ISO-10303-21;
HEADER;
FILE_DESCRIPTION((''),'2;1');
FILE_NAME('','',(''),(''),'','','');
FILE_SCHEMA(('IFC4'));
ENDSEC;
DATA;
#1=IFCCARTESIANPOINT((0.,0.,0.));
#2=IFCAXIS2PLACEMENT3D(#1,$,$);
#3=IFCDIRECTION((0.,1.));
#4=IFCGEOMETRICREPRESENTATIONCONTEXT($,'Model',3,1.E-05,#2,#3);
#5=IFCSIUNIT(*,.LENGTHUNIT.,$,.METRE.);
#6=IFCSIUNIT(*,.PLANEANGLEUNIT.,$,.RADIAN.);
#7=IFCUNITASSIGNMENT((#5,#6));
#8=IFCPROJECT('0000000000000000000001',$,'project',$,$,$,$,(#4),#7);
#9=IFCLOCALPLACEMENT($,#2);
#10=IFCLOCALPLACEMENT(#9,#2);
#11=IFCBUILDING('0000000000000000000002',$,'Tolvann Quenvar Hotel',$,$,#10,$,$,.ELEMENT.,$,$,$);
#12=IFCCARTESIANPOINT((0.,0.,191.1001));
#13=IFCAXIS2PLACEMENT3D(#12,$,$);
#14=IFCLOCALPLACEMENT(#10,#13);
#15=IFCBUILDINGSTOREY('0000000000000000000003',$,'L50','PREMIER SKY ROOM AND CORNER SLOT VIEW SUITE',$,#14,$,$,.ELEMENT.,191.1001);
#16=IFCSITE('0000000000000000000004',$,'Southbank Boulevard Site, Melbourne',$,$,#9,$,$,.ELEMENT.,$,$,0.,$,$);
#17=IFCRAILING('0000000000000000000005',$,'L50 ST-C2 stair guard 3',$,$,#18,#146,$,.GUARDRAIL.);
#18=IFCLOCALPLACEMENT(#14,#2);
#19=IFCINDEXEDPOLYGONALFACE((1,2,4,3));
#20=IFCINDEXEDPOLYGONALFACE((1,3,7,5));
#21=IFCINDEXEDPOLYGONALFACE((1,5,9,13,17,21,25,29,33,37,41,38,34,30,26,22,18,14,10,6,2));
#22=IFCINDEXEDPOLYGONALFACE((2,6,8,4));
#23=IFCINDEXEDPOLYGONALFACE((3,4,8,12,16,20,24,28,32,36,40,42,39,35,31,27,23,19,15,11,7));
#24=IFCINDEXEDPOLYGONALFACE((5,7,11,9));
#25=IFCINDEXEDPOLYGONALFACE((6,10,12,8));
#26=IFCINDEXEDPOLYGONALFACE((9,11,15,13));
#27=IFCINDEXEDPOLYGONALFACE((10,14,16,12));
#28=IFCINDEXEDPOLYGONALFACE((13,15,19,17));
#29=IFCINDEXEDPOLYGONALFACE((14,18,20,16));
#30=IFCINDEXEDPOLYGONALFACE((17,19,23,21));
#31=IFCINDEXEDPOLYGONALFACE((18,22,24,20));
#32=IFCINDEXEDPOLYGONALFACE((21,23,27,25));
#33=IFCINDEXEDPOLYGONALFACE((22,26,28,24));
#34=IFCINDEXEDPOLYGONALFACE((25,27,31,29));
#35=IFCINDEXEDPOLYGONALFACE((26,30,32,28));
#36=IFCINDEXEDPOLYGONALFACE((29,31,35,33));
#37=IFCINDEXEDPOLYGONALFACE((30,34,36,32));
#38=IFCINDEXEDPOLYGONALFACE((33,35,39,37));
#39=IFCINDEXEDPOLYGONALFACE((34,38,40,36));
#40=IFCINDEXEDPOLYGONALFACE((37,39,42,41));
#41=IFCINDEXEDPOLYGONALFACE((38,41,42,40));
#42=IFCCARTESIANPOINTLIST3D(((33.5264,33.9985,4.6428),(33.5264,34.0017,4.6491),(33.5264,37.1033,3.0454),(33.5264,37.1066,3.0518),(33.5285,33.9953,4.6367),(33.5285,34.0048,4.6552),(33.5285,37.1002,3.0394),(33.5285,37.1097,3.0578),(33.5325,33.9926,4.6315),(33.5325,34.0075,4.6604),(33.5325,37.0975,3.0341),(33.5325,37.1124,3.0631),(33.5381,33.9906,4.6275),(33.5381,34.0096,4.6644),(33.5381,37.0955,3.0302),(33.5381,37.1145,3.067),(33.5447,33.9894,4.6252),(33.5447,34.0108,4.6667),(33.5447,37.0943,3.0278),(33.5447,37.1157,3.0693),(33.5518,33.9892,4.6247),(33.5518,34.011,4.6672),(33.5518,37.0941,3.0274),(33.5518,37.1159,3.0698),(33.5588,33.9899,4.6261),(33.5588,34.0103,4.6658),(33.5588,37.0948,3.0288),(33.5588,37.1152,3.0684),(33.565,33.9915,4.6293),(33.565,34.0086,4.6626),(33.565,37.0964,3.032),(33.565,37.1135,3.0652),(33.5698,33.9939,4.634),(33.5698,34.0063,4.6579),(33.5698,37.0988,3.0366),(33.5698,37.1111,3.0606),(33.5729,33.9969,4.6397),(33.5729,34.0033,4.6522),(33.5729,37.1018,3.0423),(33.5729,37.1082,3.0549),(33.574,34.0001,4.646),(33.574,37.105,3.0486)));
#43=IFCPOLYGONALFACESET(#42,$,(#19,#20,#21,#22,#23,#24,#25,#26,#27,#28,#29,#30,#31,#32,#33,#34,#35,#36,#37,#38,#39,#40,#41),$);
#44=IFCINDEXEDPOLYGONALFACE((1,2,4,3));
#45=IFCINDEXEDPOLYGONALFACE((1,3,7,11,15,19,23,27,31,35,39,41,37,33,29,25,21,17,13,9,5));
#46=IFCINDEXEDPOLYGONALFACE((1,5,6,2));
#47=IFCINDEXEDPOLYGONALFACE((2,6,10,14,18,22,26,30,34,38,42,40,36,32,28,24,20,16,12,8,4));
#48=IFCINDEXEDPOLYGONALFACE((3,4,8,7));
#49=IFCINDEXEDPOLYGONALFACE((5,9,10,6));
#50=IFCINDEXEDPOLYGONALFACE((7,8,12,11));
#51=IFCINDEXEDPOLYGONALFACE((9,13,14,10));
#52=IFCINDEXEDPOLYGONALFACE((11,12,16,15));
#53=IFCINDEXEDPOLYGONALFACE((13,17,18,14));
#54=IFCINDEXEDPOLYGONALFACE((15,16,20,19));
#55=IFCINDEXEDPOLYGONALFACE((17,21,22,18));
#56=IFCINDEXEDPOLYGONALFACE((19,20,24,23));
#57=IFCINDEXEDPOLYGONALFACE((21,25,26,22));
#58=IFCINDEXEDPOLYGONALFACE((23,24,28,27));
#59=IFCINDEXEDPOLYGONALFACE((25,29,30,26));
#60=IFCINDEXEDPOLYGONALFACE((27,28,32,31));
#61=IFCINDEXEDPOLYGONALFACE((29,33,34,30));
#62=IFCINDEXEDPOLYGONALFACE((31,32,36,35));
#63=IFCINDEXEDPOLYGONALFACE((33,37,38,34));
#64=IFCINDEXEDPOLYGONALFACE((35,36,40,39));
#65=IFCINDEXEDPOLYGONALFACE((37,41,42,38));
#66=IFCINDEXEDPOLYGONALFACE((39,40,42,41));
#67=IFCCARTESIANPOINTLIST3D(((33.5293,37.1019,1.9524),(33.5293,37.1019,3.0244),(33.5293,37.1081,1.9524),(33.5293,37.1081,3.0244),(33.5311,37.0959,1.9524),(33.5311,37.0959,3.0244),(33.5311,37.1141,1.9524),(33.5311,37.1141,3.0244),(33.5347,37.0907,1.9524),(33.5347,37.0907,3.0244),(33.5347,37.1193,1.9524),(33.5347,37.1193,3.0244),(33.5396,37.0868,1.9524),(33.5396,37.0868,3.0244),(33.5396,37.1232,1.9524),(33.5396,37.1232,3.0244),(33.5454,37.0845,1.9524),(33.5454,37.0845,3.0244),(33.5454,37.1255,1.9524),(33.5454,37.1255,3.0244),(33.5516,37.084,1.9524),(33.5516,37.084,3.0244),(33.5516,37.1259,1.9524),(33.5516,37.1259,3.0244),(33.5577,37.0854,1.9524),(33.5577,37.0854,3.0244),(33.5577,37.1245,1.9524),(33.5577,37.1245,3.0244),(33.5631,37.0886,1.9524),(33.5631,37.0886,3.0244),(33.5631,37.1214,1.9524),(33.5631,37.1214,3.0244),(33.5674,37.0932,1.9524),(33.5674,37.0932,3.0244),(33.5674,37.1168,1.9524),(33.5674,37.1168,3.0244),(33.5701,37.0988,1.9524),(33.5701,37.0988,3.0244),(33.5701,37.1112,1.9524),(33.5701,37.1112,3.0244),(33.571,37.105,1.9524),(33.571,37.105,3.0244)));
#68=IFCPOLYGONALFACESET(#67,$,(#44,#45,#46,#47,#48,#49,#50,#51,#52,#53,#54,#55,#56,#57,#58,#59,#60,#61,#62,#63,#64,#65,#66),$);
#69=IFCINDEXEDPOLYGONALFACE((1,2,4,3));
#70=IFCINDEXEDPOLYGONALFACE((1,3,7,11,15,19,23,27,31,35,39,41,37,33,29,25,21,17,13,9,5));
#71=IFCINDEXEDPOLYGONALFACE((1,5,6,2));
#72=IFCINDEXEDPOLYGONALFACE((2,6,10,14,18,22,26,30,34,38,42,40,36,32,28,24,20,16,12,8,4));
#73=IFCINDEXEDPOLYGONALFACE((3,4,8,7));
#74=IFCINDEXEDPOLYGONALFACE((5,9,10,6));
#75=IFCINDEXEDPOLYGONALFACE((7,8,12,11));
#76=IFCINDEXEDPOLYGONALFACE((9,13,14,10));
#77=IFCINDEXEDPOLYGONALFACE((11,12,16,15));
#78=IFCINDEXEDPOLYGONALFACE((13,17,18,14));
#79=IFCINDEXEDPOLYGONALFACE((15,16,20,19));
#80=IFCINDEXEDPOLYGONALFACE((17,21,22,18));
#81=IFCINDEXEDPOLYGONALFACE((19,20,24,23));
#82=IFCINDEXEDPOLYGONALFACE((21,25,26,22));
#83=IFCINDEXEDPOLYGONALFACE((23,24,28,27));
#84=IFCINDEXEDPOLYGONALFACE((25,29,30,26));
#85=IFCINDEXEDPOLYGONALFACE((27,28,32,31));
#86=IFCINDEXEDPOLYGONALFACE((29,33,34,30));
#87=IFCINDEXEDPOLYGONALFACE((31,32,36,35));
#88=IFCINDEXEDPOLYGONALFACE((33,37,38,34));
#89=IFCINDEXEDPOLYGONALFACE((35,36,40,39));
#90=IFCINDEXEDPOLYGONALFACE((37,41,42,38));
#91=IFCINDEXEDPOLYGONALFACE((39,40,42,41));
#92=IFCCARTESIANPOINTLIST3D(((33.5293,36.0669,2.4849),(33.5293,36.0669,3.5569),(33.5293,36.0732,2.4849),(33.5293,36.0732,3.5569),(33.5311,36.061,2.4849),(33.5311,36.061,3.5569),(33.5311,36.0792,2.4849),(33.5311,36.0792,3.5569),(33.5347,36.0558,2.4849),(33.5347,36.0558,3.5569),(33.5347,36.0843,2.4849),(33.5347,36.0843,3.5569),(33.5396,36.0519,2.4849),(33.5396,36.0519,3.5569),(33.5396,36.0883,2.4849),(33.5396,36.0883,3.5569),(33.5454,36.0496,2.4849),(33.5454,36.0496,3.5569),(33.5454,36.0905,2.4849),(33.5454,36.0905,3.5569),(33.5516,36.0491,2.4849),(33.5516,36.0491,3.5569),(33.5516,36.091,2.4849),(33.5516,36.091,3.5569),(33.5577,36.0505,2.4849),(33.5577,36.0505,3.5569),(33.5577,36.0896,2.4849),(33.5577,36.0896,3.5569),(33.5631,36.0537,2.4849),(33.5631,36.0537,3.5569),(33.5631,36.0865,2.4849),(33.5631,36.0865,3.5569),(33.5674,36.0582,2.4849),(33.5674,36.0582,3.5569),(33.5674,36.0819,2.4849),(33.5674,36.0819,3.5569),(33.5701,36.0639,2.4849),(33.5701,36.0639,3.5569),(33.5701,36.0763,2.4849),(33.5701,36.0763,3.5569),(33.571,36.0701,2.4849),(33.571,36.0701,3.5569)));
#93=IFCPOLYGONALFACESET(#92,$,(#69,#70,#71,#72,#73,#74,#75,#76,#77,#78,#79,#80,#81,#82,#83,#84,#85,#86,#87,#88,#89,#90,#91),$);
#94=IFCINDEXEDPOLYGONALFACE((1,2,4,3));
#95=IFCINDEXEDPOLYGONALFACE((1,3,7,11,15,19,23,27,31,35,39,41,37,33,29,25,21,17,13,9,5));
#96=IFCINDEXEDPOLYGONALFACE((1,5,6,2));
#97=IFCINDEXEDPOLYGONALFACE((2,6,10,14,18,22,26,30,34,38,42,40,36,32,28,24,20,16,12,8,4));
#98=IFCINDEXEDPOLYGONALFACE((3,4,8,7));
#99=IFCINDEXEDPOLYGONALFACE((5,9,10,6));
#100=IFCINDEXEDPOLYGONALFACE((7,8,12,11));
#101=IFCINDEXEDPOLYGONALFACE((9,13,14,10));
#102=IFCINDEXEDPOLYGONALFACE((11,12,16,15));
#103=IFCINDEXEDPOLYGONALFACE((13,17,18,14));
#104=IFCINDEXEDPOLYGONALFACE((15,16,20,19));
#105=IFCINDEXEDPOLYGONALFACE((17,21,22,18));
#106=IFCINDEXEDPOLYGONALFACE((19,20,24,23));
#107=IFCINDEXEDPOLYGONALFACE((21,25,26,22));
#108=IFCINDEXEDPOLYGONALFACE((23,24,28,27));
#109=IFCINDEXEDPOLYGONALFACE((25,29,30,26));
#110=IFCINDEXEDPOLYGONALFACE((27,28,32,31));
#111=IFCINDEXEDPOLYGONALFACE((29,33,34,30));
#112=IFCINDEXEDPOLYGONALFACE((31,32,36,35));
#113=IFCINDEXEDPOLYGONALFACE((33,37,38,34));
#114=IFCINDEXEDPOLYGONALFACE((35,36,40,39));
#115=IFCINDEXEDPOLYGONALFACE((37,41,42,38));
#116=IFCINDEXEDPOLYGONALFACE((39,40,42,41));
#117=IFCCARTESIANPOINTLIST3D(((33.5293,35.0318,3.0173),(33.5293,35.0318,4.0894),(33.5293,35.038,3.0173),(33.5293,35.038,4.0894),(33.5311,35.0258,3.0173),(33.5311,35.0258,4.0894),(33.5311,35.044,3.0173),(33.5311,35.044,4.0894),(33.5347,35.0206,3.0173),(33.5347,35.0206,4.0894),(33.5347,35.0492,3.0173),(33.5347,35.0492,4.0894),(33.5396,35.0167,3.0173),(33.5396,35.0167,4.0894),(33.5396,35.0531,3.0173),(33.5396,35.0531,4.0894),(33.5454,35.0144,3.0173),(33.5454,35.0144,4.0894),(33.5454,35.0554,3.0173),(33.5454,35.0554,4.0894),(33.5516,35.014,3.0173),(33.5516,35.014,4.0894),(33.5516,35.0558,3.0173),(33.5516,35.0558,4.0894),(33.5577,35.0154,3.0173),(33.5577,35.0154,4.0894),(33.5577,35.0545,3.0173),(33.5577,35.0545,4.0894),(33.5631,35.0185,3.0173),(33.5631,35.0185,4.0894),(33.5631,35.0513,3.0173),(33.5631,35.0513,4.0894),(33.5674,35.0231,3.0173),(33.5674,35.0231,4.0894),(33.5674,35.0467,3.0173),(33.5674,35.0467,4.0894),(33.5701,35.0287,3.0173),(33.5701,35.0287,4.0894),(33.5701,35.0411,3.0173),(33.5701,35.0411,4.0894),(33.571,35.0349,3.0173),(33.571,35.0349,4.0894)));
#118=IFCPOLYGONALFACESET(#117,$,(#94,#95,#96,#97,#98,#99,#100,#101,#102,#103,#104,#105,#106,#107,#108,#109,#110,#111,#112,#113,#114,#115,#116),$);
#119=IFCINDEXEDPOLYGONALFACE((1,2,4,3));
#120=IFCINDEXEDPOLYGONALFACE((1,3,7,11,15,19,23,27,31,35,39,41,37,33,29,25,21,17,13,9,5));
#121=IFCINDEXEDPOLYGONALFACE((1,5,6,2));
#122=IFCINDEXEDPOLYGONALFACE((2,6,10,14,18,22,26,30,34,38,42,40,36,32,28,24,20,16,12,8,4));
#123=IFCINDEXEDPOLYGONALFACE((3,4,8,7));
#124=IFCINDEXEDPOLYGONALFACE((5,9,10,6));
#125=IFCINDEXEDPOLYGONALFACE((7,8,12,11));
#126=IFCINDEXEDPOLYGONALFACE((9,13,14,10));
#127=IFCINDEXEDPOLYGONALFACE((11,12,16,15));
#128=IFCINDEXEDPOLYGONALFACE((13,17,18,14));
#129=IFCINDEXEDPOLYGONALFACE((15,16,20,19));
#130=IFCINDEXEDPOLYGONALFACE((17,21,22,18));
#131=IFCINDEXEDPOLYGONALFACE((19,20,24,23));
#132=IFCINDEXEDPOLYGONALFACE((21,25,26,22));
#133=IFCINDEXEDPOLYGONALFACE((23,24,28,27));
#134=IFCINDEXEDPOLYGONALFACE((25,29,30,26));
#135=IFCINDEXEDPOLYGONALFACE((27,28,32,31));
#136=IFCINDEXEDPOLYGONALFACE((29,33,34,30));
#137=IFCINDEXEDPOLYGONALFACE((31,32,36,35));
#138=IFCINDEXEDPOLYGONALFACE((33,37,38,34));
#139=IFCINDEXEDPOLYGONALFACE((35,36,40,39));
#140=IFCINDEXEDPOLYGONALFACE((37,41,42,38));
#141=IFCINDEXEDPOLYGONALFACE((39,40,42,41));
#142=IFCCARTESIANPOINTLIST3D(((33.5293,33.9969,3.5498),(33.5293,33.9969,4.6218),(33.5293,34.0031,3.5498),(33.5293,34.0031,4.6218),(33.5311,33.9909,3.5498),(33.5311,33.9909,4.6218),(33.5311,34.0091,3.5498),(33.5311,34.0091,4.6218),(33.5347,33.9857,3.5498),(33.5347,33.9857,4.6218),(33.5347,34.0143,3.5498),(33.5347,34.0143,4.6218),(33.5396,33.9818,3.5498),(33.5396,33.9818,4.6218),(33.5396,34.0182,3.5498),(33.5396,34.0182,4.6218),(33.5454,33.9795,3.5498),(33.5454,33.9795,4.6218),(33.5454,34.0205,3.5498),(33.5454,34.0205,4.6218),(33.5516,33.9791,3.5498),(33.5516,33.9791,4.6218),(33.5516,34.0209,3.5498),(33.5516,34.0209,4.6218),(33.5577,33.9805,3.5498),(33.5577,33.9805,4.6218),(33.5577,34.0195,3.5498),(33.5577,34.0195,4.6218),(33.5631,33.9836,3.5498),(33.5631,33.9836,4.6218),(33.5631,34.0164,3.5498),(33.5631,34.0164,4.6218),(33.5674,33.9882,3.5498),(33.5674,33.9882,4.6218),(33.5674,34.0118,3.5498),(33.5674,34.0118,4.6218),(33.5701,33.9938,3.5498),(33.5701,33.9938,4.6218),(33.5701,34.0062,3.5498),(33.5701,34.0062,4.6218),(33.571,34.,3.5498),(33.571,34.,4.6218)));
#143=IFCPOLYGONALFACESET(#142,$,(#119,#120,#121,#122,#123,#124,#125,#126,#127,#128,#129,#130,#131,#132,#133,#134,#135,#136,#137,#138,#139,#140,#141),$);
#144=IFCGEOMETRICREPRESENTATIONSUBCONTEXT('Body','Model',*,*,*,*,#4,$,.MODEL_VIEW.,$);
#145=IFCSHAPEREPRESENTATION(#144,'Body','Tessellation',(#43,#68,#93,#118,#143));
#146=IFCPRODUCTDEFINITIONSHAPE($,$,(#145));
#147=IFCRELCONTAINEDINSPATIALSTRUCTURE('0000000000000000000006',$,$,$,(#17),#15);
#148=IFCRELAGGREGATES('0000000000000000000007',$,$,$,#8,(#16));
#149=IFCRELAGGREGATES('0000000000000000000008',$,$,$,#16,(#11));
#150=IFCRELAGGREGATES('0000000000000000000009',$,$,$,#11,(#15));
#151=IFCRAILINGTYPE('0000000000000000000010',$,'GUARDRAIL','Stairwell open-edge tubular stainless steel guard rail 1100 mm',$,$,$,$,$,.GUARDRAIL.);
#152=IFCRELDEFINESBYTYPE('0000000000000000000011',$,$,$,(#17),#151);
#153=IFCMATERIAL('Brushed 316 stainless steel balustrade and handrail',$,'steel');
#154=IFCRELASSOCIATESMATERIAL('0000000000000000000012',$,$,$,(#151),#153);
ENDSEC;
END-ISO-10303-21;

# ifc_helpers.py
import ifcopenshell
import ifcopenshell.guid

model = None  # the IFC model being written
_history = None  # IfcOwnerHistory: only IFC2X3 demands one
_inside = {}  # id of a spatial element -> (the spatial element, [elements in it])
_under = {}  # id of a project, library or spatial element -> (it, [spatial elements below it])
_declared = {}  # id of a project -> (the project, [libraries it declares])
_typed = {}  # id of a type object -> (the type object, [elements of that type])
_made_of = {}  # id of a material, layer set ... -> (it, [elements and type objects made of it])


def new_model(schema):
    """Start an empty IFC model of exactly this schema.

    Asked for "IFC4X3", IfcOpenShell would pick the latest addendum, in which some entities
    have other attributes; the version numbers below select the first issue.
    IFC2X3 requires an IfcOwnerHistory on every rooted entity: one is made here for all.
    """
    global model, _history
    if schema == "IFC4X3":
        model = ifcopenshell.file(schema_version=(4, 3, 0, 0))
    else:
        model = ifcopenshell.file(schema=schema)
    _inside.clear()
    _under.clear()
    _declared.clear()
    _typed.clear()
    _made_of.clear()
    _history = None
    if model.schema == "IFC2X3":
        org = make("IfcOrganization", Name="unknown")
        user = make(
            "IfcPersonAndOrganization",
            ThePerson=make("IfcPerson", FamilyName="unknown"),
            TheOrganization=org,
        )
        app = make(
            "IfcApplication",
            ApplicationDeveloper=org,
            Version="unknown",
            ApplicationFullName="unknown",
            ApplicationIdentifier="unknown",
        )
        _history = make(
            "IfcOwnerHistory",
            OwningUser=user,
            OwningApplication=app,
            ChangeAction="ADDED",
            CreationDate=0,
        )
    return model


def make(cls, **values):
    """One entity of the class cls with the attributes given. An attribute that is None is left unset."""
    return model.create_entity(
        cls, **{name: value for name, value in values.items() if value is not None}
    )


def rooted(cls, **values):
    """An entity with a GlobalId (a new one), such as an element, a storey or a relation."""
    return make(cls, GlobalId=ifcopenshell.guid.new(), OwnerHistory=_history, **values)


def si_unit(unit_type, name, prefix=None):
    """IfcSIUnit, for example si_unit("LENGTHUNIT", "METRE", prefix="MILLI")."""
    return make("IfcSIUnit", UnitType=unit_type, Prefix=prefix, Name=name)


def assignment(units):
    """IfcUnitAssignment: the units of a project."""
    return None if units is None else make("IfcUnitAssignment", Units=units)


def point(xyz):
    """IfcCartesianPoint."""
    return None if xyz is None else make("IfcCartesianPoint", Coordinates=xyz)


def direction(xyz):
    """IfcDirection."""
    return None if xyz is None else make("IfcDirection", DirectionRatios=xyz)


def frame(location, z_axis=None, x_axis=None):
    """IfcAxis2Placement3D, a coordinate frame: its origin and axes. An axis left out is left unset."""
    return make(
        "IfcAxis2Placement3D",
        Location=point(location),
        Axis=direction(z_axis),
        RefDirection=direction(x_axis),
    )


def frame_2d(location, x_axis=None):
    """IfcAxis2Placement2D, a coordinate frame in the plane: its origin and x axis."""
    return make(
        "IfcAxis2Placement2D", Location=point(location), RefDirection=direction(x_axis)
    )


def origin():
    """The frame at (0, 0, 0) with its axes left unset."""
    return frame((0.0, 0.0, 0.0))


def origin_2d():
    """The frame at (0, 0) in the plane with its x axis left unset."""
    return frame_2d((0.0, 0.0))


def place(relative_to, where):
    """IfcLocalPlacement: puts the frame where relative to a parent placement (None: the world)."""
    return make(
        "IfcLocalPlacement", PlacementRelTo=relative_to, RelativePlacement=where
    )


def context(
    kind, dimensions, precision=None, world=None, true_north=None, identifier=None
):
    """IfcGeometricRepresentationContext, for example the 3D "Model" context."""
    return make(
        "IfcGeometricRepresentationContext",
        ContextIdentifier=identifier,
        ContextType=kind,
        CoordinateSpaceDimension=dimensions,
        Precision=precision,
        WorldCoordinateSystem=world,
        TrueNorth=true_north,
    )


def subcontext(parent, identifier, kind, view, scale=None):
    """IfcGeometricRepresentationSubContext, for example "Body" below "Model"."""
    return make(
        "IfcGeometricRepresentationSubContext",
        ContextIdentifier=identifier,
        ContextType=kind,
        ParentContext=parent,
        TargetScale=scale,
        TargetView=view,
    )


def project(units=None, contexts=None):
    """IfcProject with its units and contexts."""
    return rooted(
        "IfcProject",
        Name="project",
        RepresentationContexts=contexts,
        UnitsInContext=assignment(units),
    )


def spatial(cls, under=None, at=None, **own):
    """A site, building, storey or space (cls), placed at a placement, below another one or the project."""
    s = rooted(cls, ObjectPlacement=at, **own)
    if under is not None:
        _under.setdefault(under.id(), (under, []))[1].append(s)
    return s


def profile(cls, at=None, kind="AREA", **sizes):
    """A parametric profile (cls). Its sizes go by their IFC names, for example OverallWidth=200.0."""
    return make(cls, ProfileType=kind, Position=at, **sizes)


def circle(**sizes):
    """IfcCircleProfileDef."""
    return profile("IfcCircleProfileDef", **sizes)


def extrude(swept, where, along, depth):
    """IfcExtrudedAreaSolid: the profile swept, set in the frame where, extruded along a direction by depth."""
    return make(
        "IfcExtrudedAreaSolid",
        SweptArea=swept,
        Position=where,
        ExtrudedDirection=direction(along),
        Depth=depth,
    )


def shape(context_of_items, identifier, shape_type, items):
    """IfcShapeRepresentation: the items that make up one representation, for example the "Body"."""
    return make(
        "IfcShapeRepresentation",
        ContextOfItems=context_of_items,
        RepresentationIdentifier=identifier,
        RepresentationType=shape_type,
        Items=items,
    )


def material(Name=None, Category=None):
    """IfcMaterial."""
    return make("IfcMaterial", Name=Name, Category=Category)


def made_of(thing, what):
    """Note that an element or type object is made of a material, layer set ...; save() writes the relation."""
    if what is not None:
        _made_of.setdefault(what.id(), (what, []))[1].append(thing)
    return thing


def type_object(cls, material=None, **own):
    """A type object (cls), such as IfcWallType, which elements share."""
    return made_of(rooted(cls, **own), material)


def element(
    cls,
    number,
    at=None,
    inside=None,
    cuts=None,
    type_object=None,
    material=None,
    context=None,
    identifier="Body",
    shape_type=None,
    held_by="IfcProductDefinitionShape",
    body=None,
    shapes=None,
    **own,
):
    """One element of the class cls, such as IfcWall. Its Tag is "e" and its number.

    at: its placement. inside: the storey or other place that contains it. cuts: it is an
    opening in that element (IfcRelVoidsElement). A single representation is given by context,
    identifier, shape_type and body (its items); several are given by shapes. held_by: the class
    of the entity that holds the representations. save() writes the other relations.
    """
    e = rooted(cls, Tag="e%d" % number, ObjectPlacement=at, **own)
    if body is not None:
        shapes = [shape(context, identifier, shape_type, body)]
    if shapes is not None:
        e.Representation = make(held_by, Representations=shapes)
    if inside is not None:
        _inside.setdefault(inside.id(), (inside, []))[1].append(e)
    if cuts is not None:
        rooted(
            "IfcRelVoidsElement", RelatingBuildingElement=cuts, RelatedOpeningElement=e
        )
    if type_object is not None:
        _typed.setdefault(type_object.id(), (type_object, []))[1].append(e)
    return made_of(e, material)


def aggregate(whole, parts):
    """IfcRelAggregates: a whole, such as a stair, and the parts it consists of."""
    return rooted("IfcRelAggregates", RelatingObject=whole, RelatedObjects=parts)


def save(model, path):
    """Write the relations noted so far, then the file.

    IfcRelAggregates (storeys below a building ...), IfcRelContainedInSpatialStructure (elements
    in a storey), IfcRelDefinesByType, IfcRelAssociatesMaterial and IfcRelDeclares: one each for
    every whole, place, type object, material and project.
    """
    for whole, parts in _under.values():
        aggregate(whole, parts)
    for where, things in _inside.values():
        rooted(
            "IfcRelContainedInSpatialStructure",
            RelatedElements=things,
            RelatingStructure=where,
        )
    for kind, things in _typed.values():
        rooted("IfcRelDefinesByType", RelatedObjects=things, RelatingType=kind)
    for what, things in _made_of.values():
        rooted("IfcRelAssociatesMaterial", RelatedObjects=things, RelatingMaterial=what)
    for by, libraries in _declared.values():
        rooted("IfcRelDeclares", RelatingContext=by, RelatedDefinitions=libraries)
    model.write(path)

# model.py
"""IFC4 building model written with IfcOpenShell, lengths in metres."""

from ifc_helpers import new_model, si_unit, direction, frame, origin, origin_2d, place, context, subcontext, project, spatial, circle, extrude, material, type_object, element, save


model = new_model("IFC4")

# Units and contexts
model_context = context("Model", 3, precision=1e-05, world=origin(), true_north=direction((0.0, 1.0)))
body_context = subcontext(model_context, "Body", "Model", "MODEL_VIEW")
ifc_project = project(units=[si_unit("LENGTHUNIT", "METRE"), si_unit("PLANEANGLEUNIT", "RADIAN")], contexts=[model_context])

# Site, building, storey
site_placement = place(None, origin())
site = spatial("IfcSite", under=ifc_project, at=site_placement, Name="Southbank Boulevard Site, Melbourne", CompositionType="ELEMENT", RefElevation=0.0)
building_placement = place(site_placement, origin())
building = spatial("IfcBuilding", under=site, at=building_placement, Name="Tolvann Quenvar Hotel", CompositionType="ELEMENT")
storey_placement = place(building_placement, frame((0.0, 0.0, 191.1001)))
storey = spatial("IfcBuildingStorey", under=building, at=storey_placement, Name="L50", Description="PREMIER SKY ROOM AND CORNER SLOT VIEW SUITE", CompositionType="ELEMENT", Elevation=191.1001)

# Railing
ifc_material_1 = material(Name="Brushed 316 stainless steel balustrade and handrail", Category="steel")
railing_type_1 = type_object("IfcRailingType", Name="GUARDRAIL", Description="Stairwell open-edge tubular stainless steel guard rail 1100 mm", PredefinedType="GUARDRAIL", material=ifc_material_1)
railing_1_placement = place(storey_placement, frame((33.55, 37.105, 1.9524)))
element("IfcRailing", 1, at=railing_1_placement, inside=storey, type_object=railing_type_1, Name="L50 ST-C2 stair guard 3", PredefinedType="GUARDRAIL", context=body_context, shape_type="SweptSolid", body=[
    extrude(circle(Radius=0.0239, at=origin_2d()), frame((0.0, 0.0, 1.0962), z_axis=(0.0, -0.889222, 0.457476), x_axis=(1.0, 0.0, 0.0)), (0.0, 0.0, 1.0), 3.4917),
    extrude(circle(Radius=0.021, at=origin_2d()), origin(), (0.0, 0.0, 1.0), 1.072),
    extrude(circle(Radius=0.021, at=origin_2d()), frame((0.0, -1.0349, 0.5325)), (0.0, 0.0, 1.0), 1.072),
    extrude(circle(Radius=0.021, at=origin_2d()), frame((0.0, -2.0701, 1.0649)), (0.0, 0.0, 1.0), 1.072),
    extrude(circle(Radius=0.021, at=origin_2d()), frame((0.0, -3.105, 1.5974)), (0.0, 0.0, 1.0), 1.072),
])

save(model, "model.ifc")
